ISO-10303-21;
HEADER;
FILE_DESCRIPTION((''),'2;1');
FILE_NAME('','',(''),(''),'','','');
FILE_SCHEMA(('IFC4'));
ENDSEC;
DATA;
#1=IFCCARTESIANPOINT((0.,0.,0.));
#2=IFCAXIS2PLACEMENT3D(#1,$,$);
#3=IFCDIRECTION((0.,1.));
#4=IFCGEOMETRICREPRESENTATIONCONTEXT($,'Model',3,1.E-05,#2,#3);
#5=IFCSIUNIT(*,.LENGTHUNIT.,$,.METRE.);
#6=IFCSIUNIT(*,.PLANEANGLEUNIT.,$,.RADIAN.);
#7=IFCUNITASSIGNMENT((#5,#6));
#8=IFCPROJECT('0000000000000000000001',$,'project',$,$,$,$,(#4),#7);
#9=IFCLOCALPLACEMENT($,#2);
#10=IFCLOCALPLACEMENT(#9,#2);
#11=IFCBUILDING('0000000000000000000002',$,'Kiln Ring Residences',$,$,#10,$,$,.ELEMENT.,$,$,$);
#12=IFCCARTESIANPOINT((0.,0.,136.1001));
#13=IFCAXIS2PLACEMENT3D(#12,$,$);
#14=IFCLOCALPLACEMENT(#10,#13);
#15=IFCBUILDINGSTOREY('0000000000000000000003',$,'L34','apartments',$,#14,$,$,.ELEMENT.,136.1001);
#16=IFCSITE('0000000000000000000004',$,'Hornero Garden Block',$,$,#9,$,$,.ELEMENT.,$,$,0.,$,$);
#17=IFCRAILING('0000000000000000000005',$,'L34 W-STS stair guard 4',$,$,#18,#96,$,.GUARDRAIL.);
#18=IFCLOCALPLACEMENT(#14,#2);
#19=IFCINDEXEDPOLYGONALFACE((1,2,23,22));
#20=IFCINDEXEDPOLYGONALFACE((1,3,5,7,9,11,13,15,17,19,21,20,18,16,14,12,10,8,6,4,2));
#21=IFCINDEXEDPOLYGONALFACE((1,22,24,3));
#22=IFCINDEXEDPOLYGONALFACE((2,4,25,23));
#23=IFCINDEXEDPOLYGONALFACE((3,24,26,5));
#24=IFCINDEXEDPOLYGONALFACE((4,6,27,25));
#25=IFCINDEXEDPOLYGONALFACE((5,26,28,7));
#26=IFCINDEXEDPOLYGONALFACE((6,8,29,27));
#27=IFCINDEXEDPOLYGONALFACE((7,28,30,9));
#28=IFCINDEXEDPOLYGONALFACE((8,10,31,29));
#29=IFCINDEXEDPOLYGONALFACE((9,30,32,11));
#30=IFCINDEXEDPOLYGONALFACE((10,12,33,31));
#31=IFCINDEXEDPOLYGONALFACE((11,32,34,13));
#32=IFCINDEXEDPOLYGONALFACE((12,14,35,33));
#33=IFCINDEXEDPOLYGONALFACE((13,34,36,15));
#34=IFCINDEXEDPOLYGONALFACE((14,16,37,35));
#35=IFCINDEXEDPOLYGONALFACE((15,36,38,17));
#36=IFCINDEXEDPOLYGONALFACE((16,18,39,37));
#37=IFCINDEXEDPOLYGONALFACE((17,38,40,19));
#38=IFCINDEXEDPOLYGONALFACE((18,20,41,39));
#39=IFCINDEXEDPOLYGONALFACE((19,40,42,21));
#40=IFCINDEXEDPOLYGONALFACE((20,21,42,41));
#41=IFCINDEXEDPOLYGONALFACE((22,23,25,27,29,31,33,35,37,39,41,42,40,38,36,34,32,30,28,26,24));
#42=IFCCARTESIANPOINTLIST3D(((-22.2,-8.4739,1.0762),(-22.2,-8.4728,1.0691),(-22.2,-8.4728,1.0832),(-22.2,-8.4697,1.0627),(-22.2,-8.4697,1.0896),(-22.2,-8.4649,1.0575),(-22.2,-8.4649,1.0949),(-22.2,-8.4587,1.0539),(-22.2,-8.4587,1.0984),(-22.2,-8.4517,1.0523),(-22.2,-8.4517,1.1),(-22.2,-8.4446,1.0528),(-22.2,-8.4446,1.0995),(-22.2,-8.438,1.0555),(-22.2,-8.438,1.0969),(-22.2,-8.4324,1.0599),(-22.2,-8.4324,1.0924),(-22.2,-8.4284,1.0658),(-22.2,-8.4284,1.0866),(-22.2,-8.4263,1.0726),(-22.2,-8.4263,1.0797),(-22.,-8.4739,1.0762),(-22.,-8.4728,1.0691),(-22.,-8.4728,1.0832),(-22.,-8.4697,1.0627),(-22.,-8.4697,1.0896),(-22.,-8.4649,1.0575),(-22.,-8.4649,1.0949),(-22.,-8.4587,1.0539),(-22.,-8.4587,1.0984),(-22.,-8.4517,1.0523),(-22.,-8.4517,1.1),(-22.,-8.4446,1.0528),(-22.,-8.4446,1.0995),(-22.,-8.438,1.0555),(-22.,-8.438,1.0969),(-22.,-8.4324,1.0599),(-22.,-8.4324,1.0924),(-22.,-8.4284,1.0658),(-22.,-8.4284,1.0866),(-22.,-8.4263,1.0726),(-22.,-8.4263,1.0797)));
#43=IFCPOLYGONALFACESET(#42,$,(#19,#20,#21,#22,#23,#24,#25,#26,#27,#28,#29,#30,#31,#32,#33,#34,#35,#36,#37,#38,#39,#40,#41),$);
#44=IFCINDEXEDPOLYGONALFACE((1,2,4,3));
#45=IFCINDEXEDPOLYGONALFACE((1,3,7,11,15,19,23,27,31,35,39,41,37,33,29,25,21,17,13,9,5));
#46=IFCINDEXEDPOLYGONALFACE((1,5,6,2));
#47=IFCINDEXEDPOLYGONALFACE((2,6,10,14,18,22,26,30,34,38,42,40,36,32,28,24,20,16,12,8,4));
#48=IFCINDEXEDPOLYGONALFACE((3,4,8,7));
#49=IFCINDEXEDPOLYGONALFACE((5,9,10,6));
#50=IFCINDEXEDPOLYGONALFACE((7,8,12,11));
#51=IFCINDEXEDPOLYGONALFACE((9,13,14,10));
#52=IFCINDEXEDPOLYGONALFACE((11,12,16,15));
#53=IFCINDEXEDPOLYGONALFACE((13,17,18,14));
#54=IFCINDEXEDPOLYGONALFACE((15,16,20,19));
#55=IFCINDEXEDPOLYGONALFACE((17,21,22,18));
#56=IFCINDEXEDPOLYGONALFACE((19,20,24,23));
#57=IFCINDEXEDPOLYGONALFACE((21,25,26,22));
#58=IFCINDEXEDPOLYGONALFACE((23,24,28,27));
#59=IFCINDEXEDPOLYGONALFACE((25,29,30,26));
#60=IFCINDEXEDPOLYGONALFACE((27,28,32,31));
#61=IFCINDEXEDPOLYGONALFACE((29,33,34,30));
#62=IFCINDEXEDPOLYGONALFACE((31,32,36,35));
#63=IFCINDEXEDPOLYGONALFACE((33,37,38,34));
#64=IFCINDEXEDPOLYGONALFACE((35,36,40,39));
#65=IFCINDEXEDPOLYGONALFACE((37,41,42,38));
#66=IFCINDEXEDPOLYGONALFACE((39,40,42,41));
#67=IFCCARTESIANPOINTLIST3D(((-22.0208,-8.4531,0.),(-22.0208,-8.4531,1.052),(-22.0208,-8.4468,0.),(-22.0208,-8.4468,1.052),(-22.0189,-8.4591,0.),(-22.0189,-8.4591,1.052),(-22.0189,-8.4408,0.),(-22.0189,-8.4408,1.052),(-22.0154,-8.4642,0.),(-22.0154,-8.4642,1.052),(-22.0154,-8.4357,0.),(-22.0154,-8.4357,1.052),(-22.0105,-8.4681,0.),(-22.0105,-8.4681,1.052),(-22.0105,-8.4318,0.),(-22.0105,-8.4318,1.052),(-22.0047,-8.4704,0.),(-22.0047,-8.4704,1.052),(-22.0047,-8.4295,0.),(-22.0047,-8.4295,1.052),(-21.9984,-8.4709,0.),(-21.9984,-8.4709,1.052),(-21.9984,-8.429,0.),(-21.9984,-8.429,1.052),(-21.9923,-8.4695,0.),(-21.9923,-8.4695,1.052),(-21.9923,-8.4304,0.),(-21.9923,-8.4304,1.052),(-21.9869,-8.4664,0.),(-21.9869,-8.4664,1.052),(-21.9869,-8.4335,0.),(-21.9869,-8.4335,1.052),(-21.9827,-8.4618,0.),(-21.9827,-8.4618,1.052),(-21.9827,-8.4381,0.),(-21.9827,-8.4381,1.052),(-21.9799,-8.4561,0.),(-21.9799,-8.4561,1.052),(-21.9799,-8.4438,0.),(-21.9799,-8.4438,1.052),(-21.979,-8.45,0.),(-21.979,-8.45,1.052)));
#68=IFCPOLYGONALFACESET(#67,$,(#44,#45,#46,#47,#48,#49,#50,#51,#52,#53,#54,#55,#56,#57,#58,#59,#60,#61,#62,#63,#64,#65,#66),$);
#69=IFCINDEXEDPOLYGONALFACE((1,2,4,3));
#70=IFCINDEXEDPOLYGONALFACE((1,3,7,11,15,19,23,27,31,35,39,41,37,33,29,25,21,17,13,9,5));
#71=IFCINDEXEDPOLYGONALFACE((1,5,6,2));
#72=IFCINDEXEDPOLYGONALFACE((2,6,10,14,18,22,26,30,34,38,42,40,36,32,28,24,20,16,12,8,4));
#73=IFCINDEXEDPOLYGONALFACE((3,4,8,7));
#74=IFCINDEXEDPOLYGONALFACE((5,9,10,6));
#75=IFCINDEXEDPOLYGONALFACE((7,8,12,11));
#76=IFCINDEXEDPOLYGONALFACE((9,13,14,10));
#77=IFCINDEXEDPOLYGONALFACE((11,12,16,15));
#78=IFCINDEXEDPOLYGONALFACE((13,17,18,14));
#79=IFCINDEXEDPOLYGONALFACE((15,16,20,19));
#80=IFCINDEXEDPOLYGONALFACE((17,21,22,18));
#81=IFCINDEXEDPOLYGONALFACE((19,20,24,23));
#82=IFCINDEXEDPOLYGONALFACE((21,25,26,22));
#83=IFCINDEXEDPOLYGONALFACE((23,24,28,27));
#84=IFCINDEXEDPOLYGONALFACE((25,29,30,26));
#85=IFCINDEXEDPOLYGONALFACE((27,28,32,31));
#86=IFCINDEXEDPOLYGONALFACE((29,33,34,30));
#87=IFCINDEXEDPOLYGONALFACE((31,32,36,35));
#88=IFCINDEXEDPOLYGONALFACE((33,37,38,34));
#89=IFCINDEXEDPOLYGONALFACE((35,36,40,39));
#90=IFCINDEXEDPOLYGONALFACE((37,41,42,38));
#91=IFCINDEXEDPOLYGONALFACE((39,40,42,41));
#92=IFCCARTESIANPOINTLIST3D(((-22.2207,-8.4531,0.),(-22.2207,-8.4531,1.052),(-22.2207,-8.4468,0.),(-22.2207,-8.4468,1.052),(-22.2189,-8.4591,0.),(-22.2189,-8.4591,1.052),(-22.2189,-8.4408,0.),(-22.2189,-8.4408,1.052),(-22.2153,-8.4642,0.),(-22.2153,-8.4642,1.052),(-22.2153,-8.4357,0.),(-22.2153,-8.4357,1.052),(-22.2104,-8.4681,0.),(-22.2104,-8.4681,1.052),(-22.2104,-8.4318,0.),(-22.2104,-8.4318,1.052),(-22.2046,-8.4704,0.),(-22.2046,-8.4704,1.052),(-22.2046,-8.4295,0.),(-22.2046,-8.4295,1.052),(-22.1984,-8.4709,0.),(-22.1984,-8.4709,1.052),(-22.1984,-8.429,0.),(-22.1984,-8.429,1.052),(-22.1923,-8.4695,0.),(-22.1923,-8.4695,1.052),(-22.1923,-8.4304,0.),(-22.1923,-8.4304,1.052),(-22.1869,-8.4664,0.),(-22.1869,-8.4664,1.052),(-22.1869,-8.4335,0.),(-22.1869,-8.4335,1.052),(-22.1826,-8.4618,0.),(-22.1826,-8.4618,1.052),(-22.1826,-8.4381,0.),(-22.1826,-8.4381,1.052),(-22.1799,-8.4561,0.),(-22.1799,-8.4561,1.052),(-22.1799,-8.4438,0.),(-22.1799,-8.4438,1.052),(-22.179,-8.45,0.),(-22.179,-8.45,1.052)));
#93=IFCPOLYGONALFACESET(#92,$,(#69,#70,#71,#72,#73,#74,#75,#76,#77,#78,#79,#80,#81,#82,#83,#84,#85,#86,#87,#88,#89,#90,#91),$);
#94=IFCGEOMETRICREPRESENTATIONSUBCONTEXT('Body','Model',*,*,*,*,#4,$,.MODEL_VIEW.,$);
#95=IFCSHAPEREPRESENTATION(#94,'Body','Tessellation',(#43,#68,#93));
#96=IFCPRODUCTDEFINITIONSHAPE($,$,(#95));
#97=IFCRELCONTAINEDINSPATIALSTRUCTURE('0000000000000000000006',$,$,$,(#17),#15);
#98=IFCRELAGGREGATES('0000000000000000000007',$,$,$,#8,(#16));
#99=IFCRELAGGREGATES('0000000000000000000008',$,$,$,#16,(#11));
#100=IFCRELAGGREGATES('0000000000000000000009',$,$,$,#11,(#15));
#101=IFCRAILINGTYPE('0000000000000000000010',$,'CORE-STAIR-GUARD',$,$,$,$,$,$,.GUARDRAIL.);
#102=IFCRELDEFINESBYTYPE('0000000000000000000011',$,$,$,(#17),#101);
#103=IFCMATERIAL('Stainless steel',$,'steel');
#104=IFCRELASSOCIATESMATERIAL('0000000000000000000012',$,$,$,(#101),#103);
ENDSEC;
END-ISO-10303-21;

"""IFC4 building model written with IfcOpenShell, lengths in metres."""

from ifc_helpers import new_model, si_unit, direction, frame, origin, origin_2d, place, context, subcontext, project, spatial, circle, extrude, material, type_object, element, save


model = new_model("IFC4")

# Units and contexts
model_context = context("Model", 3, precision=1e-05, world=origin(), true_north=direction((0.0, 1.0)))
body_context = subcontext(model_context, "Body", "Model", "MODEL_VIEW")
ifc_project = project(units=[si_unit("LENGTHUNIT", "METRE"), si_unit("PLANEANGLEUNIT", "RADIAN")], contexts=[model_context])

# Site, building, storey
site_placement = place(None, origin())
site = spatial("IfcSite", under=ifc_project, at=site_placement, Name="Hornero Garden Block", CompositionType="ELEMENT", RefElevation=0.0)
building_placement = place(site_placement, origin())
building = spatial("IfcBuilding", under=site, at=building_placement, Name="Kiln Ring Residences", CompositionType="ELEMENT")
storey_placement = place(building_placement, frame((0.0, 0.0, 136.1001)))
storey = spatial("IfcBuildingStorey", under=building, at=storey_placement, Name="L34", Description="apartments", CompositionType="ELEMENT", Elevation=136.1001)

# Railing
ifc_material_1 = material(Name="Stainless steel", Category="steel")
railing_type_1 = type_object("IfcRailingType", Name="CORE-STAIR-GUARD", PredefinedType="GUARDRAIL", material=ifc_material_1)
railing_1_placement = place(storey_placement, frame((-22.0, -8.45, 0.0)))
element("IfcRailing", 1, at=railing_1_placement, inside=storey, type_object=railing_type_1, Name="L34 W-STS stair guard 4", PredefinedType="GUARDRAIL", context=body_context, shape_type="SweptSolid", body=[
    extrude(circle(Radius=0.0239, at=origin_2d()), frame((0.0, 0.0, 1.0762), z_axis=(-1.0, 0.0, 0.0), x_axis=(0.0, -1.0, 0.0)), (0.0, 0.0, 1.0), 0.2),
    extrude(circle(Radius=0.021, at=origin_2d()), origin(), (0.0, 0.0, 1.0), 1.052),
    extrude(circle(Radius=0.021, at=origin_2d()), frame((-0.2, 0.0, 0.0)), (0.0, 0.0, 1.0), 1.052),
])

save(model, "model.ifc")
